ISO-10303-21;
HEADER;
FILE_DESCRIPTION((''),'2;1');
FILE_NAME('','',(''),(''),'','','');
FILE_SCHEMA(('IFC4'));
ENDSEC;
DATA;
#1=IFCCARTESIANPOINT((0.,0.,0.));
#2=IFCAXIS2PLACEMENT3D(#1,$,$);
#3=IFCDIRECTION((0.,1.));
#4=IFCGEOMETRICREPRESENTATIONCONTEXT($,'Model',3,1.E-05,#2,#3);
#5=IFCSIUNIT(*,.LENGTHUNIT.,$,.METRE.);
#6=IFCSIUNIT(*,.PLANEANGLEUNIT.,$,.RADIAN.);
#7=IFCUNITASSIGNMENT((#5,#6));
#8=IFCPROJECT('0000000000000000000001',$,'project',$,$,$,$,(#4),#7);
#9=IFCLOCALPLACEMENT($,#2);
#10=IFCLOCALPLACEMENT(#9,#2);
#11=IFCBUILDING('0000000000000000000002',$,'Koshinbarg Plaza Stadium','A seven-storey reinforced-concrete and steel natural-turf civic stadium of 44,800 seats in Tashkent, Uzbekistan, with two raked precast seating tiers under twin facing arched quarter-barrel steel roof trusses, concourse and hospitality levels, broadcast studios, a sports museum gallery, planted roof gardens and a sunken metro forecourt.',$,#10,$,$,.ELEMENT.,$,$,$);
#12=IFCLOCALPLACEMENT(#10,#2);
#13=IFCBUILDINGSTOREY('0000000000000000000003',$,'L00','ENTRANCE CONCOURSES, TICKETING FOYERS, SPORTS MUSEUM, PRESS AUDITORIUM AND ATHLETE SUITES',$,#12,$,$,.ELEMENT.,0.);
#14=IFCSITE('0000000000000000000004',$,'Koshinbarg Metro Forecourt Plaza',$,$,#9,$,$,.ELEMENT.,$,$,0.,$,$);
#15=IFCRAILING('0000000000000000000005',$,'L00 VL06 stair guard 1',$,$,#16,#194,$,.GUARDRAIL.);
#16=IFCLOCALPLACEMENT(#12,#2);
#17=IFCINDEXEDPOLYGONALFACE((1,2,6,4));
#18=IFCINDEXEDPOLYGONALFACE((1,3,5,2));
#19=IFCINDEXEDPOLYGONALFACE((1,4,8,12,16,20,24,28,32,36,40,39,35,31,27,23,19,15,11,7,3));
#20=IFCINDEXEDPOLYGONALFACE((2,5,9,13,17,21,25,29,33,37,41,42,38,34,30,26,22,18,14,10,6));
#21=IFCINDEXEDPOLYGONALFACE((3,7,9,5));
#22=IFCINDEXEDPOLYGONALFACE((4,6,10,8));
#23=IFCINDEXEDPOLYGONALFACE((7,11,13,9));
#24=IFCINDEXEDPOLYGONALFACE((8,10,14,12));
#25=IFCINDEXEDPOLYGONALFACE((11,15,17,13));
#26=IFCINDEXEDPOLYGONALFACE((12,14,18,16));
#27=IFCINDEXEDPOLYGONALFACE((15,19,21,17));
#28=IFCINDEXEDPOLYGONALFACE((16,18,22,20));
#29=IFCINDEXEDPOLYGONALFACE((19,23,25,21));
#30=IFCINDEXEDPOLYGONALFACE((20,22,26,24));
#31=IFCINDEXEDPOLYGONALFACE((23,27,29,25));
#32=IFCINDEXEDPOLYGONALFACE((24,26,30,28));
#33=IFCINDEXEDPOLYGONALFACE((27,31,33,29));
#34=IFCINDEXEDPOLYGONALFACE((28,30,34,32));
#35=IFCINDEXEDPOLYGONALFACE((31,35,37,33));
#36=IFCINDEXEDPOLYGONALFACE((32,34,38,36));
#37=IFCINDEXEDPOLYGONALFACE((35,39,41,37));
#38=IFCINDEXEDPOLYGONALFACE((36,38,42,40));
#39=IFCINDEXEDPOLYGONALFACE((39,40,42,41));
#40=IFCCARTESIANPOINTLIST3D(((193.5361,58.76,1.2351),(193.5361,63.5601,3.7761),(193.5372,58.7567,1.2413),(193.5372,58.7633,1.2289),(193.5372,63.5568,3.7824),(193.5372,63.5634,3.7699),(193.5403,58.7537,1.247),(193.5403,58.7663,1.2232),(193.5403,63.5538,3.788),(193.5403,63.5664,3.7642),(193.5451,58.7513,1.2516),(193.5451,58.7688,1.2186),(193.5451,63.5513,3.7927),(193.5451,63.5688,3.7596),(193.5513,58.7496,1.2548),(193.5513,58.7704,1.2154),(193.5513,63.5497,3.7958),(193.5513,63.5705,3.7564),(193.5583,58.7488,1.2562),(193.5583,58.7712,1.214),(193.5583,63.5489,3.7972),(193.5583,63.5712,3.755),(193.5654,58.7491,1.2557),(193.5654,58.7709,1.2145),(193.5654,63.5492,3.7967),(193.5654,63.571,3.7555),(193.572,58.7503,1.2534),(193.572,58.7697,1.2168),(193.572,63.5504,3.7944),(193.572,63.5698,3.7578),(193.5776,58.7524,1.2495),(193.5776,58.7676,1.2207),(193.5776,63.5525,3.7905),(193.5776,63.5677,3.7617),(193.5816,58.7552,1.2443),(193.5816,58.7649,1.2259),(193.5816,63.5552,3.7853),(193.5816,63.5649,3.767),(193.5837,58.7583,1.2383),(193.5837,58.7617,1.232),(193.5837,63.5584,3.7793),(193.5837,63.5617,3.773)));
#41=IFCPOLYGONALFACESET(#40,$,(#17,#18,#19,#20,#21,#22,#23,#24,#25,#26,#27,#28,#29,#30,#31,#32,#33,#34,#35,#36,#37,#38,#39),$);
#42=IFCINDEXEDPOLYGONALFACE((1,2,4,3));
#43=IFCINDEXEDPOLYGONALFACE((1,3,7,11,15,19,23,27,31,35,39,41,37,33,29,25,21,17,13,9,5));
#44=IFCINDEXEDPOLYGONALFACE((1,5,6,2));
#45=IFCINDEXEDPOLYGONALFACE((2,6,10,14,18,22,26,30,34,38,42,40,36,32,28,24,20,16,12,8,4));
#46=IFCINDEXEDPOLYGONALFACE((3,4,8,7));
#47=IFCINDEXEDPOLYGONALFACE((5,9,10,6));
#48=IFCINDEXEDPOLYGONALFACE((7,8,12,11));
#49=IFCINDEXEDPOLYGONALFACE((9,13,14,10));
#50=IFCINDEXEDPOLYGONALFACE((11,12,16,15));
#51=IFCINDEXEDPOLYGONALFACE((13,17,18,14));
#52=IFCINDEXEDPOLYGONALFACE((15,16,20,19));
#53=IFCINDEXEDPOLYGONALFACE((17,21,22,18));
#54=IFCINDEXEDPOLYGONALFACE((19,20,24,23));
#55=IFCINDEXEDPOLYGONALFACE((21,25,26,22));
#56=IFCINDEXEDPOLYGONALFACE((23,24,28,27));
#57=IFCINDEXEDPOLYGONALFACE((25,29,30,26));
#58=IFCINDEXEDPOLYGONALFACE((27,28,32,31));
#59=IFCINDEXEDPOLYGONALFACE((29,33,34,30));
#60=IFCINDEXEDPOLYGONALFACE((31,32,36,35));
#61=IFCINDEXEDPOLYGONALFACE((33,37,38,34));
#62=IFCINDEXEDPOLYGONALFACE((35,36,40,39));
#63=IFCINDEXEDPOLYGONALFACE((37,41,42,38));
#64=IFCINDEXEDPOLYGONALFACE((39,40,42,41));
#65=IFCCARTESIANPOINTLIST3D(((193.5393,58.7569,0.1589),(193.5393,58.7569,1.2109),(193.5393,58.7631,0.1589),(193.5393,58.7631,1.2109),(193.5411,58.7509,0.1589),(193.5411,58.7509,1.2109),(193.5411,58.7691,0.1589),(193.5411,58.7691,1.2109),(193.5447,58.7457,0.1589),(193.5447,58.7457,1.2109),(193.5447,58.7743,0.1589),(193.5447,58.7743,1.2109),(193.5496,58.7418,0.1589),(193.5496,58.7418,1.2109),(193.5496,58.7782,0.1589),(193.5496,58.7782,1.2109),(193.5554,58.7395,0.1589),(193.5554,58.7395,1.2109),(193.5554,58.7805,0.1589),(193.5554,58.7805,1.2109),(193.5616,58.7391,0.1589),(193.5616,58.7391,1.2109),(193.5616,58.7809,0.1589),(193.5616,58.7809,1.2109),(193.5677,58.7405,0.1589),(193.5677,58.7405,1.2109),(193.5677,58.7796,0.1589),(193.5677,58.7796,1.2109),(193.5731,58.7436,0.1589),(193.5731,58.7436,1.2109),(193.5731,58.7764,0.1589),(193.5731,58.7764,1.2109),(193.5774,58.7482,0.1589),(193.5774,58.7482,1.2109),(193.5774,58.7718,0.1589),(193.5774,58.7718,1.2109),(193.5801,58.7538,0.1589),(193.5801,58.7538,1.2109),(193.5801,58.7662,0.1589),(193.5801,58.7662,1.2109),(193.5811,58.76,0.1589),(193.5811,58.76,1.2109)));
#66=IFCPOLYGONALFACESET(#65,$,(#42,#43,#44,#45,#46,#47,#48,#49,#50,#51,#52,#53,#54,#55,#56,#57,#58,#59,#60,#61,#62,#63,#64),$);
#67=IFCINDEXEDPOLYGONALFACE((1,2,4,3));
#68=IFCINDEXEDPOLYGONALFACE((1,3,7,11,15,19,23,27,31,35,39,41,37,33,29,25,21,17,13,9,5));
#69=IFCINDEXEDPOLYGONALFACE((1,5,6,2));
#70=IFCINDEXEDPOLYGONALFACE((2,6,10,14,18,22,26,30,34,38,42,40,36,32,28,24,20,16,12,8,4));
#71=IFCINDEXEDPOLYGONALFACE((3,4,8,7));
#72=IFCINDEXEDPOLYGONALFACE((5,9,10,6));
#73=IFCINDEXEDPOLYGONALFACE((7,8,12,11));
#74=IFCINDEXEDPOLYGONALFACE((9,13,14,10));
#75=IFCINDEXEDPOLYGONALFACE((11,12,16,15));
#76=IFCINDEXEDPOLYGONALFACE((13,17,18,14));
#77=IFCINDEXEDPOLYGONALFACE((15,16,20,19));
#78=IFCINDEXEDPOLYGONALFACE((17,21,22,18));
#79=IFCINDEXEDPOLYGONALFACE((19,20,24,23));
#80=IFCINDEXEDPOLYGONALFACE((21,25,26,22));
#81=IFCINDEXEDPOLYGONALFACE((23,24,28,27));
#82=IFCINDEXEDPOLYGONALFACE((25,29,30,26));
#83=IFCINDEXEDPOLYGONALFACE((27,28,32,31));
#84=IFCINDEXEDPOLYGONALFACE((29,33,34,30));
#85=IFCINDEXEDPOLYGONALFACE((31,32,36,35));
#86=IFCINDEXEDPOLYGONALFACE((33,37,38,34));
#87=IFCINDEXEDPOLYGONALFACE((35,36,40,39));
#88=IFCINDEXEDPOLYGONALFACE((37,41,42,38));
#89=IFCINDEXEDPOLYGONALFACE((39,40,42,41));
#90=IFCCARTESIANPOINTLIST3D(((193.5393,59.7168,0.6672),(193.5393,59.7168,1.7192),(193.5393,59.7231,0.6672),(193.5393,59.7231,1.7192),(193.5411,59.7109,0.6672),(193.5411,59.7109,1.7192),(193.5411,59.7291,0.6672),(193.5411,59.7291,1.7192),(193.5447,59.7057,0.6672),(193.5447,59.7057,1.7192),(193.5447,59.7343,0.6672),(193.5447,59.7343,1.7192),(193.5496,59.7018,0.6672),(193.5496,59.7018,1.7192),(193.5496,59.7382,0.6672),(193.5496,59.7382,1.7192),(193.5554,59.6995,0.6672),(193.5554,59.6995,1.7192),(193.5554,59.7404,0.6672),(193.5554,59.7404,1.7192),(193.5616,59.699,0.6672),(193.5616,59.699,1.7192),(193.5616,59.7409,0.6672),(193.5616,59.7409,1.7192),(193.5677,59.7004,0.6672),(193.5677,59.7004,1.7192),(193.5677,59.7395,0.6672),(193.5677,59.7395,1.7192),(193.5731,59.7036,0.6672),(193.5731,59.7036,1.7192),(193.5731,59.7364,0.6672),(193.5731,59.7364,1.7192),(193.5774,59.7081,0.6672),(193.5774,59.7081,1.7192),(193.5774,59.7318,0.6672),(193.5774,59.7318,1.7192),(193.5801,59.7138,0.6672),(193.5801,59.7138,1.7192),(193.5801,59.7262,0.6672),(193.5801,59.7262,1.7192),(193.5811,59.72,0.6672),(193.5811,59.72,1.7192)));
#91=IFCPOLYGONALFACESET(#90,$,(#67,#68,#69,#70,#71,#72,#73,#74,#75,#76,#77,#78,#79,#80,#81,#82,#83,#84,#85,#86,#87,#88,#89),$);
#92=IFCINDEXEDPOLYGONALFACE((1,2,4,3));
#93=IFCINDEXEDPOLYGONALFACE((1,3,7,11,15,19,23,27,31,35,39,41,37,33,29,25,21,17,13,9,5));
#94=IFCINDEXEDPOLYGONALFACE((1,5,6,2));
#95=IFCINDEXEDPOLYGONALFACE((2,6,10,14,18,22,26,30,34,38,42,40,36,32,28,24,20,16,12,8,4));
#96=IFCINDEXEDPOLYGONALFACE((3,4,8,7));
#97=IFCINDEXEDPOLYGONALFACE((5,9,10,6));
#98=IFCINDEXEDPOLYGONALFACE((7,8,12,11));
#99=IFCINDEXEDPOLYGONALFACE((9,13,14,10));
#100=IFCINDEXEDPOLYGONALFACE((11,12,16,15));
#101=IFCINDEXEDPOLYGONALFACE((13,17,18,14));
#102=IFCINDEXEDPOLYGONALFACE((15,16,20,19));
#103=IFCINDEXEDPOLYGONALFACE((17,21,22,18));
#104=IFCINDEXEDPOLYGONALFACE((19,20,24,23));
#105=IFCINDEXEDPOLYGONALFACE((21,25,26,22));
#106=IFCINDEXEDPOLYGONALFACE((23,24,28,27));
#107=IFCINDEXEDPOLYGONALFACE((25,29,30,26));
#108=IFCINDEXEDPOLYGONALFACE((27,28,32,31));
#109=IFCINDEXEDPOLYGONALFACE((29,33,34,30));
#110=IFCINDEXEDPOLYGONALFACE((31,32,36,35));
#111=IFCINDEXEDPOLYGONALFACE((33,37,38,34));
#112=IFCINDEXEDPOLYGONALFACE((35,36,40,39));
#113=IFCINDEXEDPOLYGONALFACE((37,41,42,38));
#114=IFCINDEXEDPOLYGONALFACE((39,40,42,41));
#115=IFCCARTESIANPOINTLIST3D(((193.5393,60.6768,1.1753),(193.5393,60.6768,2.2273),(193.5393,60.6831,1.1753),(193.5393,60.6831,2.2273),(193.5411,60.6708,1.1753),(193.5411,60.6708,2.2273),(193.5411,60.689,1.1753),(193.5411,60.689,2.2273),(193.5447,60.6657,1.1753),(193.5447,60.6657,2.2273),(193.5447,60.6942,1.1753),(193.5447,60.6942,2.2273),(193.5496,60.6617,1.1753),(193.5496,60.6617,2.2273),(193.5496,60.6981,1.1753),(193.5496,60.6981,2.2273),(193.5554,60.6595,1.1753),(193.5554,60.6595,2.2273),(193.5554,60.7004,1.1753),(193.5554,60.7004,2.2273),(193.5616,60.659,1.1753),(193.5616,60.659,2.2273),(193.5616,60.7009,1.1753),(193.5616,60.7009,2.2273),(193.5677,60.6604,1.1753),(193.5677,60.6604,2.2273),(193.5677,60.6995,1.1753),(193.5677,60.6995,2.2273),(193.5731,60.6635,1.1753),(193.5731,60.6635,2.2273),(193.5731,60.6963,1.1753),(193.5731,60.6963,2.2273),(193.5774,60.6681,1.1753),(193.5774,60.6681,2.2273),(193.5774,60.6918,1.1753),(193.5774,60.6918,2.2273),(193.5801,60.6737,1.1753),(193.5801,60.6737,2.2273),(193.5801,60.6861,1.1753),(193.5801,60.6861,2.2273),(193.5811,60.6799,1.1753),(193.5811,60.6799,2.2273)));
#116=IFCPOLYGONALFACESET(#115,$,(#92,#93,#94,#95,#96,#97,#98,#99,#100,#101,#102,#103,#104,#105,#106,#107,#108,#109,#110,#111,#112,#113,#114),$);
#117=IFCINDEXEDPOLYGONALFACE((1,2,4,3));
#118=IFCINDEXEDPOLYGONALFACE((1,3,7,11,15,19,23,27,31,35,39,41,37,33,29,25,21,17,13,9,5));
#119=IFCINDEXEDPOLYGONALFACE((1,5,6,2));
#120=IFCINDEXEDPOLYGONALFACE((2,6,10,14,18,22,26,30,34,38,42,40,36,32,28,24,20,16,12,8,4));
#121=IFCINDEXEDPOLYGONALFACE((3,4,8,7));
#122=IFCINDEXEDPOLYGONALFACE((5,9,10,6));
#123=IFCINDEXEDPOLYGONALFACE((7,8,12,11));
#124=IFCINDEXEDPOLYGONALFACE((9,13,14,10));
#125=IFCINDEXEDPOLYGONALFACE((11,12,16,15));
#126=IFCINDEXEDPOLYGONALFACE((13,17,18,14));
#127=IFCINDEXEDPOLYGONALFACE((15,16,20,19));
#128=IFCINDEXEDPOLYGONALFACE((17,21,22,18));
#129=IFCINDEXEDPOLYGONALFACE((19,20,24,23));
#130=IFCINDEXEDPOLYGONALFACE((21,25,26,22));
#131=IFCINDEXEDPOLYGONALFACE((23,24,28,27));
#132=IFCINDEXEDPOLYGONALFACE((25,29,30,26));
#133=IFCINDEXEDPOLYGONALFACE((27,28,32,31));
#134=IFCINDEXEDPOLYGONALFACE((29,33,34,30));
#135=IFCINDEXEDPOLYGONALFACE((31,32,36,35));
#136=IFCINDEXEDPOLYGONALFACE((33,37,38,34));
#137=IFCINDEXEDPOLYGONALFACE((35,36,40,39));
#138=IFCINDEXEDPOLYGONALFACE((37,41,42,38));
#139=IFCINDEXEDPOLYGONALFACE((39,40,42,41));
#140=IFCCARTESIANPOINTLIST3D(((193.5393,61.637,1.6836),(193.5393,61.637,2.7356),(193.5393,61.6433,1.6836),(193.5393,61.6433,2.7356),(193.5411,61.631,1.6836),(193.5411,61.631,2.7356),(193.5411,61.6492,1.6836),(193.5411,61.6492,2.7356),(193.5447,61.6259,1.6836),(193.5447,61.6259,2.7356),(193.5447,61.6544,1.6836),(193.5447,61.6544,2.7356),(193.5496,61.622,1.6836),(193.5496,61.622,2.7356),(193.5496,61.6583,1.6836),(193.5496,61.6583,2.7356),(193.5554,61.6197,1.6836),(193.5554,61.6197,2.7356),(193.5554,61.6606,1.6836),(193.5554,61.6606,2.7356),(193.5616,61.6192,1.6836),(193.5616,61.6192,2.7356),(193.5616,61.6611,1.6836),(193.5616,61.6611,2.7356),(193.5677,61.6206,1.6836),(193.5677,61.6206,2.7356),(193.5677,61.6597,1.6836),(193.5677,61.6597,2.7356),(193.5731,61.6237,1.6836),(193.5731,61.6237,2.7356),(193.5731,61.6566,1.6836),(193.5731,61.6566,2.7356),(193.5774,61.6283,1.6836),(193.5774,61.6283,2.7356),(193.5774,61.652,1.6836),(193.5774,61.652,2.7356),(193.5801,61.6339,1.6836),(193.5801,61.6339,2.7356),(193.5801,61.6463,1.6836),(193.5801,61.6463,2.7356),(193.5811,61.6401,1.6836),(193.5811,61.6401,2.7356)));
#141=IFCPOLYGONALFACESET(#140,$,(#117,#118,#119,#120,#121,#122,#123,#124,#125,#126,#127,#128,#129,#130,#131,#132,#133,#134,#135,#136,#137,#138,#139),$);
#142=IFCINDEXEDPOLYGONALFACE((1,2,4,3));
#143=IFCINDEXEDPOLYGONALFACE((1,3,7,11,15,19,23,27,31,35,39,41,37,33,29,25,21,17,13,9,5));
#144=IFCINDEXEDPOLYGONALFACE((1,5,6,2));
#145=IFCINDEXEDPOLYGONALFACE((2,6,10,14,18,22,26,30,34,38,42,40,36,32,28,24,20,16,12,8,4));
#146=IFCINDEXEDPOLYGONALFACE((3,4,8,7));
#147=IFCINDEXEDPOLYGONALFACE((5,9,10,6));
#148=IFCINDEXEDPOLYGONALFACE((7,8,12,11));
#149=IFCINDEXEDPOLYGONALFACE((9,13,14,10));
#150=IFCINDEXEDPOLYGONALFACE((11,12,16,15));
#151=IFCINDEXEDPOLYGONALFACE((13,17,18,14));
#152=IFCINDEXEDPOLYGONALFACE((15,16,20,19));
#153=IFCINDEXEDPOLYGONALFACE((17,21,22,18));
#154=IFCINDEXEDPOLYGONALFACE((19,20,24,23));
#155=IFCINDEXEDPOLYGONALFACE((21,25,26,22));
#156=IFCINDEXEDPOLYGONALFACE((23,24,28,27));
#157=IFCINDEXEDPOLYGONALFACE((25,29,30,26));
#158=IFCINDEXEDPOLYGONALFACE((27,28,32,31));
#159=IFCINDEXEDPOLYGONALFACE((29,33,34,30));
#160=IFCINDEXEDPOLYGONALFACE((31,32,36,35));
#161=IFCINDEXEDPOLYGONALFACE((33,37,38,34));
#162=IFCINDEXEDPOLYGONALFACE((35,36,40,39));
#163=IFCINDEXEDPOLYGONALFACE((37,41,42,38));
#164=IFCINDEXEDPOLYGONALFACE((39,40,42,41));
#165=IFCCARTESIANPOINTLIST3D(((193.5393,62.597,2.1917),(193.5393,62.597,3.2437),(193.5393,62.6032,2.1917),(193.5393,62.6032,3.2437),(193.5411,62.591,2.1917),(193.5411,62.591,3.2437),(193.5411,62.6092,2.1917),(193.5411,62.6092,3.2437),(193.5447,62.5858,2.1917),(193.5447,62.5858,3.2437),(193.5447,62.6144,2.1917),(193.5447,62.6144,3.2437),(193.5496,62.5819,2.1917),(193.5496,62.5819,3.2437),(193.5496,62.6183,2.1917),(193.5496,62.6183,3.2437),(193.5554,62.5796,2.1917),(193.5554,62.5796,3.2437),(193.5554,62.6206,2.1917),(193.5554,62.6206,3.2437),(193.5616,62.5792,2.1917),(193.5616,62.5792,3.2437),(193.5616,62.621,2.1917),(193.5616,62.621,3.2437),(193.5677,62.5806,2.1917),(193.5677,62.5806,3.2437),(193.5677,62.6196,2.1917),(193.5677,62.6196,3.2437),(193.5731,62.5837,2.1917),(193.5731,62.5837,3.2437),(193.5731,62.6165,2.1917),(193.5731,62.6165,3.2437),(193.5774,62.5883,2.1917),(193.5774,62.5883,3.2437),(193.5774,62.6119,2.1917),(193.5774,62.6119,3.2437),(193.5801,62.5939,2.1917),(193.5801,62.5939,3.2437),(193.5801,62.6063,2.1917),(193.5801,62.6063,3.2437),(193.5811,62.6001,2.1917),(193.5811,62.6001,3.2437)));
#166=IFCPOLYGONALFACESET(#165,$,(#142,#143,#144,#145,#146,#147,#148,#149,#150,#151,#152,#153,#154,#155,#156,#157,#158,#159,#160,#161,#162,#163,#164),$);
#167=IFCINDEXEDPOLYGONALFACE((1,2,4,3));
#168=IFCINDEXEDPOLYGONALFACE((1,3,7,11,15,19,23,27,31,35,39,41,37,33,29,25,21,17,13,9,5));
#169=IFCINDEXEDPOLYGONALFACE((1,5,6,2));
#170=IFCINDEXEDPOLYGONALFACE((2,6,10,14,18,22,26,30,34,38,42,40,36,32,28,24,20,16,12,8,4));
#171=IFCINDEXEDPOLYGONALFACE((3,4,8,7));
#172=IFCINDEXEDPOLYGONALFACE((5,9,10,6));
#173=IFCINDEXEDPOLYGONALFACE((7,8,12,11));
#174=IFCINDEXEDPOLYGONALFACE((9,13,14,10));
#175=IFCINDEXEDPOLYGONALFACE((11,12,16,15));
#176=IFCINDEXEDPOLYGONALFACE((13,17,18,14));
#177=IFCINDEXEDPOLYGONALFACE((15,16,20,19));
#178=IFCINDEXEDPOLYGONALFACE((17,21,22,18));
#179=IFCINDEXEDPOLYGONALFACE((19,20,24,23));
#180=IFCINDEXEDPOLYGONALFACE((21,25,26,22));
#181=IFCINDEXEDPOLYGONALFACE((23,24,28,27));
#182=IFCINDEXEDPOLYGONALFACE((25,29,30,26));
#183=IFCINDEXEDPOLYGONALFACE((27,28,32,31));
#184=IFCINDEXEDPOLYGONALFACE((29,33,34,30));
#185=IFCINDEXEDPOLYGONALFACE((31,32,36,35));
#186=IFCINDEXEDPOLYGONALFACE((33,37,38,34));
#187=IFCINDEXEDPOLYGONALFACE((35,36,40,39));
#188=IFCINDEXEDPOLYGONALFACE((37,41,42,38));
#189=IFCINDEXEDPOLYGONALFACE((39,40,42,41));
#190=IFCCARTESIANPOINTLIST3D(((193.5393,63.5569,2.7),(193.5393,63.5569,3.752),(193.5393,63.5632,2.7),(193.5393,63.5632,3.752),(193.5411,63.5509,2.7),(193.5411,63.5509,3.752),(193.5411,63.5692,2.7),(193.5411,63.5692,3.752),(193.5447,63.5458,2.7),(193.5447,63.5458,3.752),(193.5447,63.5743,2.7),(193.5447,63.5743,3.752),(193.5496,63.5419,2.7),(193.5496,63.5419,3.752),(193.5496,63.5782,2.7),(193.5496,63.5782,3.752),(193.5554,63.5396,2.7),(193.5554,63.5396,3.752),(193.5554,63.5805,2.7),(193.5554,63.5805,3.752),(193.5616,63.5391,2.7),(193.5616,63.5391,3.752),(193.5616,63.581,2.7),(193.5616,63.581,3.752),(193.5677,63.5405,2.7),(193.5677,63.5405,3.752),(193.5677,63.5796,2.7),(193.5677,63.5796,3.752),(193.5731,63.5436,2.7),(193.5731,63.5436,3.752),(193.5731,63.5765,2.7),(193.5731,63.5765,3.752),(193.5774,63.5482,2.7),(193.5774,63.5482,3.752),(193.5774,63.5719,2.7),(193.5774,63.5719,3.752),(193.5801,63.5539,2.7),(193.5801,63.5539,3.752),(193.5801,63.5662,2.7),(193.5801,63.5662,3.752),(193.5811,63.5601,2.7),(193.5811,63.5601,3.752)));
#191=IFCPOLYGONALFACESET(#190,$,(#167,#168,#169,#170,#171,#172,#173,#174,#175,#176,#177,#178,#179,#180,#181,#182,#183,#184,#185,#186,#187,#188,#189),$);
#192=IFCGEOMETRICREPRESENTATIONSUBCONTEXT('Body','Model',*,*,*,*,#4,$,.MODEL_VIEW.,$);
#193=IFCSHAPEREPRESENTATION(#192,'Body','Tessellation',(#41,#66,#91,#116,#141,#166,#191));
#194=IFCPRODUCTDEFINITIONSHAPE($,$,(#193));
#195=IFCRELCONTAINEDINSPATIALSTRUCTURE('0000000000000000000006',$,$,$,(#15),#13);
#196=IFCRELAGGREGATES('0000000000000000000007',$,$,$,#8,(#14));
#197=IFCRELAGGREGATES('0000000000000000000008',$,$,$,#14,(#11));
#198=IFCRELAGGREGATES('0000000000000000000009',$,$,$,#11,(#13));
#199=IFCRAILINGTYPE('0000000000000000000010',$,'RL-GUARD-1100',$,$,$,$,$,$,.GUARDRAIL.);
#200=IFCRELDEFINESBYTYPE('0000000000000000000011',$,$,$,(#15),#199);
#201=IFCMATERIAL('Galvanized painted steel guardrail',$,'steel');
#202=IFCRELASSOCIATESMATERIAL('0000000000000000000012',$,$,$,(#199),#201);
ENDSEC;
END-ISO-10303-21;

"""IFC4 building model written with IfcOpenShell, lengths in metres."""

from ifc_helpers import new_model, si_unit, direction, frame, origin, origin_2d, place, context, subcontext, project, spatial, circle, extrude, material, type_object, element, save


model = new_model("IFC4")

# Units and contexts
model_context = context("Model", 3, precision=1e-05, world=origin(), true_north=direction((0.0, 1.0)))
body_context = subcontext(model_context, "Body", "Model", "MODEL_VIEW")
ifc_project = project(units=[si_unit("LENGTHUNIT", "METRE"), si_unit("PLANEANGLEUNIT", "RADIAN")], contexts=[model_context])

# Site, building, storey
site_placement = place(None, origin())
site = spatial("IfcSite", under=ifc_project, at=site_placement, Name="Koshinbarg Metro Forecourt Plaza", CompositionType="ELEMENT", RefElevation=0.0)
building_placement = place(site_placement, origin())
building = spatial("IfcBuilding", under=site, at=building_placement, Name="Koshinbarg Plaza Stadium", Description="A seven-storey reinforced-concrete and steel natural-turf civic stadium of 44,800 seats in Tashkent, Uzbekistan, with two raked precast seating tiers under twin facing arched quarter-barrel steel roof trusses, concourse and hospitality levels, broadcast studios, a sports museum gallery, planted roof gardens and a sunken metro forecourt.", CompositionType="ELEMENT")
storey_placement = place(building_placement, origin())
storey = spatial("IfcBuildingStorey", under=building, at=storey_placement, Name="L00", Description="ENTRANCE CONCOURSES, TICKETING FOYERS, SPORTS MUSEUM, PRESS AUDITORIUM AND ATHLETE SUITES", CompositionType="ELEMENT", Elevation=0.0)

# Railing
ifc_material_1 = material(Name="Galvanized painted steel guardrail", Category="steel")
railing_type_1 = type_object("IfcRailingType", Name="RL-GUARD-1100", PredefinedType="GUARDRAIL", material=ifc_material_1)
railing_1_placement = place(storey_placement, frame((193.5601, 58.76, 0.1589)))
element("IfcRailing", 1, at=railing_1_placement, inside=storey, type_object=railing_type_1, Name="L00 VL06 stair guard 1", PredefinedType="GUARDRAIL", context=body_context, shape_type="SweptSolid", body=[
    extrude(circle(Radius=0.0239, at=origin_2d()), frame((0.0, 0.0, 1.0762), z_axis=(0.0, 0.883802, 0.467861), x_axis=(-1.0, 0.0, 0.0)), (0.0, 0.0, 1.0), 5.4312),
    extrude(circle(Radius=0.021, at=origin_2d()), origin(), (0.0, 0.0, 1.0), 1.052),
    extrude(circle(Radius=0.021, at=origin_2d()), frame((0.0, 0.96, 0.5083)), (0.0, 0.0, 1.0), 1.052),
    extrude(circle(Radius=0.021, at=origin_2d()), frame((0.0, 1.9199, 1.0164)), (0.0, 0.0, 1.0), 1.052),
    extrude(circle(Radius=0.021, at=origin_2d()), frame((0.0, 2.8801, 1.5247)), (0.0, 0.0, 1.0), 1.052),
    extrude(circle(Radius=0.021, at=origin_2d()), frame((0.0, 3.8401, 2.0327)), (0.0, 0.0, 1.0), 1.052),
    extrude(circle(Radius=0.021, at=origin_2d()), frame((0.0, 4.8, 2.541)), (0.0, 0.0, 1.0), 1.052),
])

save(model, "model.ifc")
